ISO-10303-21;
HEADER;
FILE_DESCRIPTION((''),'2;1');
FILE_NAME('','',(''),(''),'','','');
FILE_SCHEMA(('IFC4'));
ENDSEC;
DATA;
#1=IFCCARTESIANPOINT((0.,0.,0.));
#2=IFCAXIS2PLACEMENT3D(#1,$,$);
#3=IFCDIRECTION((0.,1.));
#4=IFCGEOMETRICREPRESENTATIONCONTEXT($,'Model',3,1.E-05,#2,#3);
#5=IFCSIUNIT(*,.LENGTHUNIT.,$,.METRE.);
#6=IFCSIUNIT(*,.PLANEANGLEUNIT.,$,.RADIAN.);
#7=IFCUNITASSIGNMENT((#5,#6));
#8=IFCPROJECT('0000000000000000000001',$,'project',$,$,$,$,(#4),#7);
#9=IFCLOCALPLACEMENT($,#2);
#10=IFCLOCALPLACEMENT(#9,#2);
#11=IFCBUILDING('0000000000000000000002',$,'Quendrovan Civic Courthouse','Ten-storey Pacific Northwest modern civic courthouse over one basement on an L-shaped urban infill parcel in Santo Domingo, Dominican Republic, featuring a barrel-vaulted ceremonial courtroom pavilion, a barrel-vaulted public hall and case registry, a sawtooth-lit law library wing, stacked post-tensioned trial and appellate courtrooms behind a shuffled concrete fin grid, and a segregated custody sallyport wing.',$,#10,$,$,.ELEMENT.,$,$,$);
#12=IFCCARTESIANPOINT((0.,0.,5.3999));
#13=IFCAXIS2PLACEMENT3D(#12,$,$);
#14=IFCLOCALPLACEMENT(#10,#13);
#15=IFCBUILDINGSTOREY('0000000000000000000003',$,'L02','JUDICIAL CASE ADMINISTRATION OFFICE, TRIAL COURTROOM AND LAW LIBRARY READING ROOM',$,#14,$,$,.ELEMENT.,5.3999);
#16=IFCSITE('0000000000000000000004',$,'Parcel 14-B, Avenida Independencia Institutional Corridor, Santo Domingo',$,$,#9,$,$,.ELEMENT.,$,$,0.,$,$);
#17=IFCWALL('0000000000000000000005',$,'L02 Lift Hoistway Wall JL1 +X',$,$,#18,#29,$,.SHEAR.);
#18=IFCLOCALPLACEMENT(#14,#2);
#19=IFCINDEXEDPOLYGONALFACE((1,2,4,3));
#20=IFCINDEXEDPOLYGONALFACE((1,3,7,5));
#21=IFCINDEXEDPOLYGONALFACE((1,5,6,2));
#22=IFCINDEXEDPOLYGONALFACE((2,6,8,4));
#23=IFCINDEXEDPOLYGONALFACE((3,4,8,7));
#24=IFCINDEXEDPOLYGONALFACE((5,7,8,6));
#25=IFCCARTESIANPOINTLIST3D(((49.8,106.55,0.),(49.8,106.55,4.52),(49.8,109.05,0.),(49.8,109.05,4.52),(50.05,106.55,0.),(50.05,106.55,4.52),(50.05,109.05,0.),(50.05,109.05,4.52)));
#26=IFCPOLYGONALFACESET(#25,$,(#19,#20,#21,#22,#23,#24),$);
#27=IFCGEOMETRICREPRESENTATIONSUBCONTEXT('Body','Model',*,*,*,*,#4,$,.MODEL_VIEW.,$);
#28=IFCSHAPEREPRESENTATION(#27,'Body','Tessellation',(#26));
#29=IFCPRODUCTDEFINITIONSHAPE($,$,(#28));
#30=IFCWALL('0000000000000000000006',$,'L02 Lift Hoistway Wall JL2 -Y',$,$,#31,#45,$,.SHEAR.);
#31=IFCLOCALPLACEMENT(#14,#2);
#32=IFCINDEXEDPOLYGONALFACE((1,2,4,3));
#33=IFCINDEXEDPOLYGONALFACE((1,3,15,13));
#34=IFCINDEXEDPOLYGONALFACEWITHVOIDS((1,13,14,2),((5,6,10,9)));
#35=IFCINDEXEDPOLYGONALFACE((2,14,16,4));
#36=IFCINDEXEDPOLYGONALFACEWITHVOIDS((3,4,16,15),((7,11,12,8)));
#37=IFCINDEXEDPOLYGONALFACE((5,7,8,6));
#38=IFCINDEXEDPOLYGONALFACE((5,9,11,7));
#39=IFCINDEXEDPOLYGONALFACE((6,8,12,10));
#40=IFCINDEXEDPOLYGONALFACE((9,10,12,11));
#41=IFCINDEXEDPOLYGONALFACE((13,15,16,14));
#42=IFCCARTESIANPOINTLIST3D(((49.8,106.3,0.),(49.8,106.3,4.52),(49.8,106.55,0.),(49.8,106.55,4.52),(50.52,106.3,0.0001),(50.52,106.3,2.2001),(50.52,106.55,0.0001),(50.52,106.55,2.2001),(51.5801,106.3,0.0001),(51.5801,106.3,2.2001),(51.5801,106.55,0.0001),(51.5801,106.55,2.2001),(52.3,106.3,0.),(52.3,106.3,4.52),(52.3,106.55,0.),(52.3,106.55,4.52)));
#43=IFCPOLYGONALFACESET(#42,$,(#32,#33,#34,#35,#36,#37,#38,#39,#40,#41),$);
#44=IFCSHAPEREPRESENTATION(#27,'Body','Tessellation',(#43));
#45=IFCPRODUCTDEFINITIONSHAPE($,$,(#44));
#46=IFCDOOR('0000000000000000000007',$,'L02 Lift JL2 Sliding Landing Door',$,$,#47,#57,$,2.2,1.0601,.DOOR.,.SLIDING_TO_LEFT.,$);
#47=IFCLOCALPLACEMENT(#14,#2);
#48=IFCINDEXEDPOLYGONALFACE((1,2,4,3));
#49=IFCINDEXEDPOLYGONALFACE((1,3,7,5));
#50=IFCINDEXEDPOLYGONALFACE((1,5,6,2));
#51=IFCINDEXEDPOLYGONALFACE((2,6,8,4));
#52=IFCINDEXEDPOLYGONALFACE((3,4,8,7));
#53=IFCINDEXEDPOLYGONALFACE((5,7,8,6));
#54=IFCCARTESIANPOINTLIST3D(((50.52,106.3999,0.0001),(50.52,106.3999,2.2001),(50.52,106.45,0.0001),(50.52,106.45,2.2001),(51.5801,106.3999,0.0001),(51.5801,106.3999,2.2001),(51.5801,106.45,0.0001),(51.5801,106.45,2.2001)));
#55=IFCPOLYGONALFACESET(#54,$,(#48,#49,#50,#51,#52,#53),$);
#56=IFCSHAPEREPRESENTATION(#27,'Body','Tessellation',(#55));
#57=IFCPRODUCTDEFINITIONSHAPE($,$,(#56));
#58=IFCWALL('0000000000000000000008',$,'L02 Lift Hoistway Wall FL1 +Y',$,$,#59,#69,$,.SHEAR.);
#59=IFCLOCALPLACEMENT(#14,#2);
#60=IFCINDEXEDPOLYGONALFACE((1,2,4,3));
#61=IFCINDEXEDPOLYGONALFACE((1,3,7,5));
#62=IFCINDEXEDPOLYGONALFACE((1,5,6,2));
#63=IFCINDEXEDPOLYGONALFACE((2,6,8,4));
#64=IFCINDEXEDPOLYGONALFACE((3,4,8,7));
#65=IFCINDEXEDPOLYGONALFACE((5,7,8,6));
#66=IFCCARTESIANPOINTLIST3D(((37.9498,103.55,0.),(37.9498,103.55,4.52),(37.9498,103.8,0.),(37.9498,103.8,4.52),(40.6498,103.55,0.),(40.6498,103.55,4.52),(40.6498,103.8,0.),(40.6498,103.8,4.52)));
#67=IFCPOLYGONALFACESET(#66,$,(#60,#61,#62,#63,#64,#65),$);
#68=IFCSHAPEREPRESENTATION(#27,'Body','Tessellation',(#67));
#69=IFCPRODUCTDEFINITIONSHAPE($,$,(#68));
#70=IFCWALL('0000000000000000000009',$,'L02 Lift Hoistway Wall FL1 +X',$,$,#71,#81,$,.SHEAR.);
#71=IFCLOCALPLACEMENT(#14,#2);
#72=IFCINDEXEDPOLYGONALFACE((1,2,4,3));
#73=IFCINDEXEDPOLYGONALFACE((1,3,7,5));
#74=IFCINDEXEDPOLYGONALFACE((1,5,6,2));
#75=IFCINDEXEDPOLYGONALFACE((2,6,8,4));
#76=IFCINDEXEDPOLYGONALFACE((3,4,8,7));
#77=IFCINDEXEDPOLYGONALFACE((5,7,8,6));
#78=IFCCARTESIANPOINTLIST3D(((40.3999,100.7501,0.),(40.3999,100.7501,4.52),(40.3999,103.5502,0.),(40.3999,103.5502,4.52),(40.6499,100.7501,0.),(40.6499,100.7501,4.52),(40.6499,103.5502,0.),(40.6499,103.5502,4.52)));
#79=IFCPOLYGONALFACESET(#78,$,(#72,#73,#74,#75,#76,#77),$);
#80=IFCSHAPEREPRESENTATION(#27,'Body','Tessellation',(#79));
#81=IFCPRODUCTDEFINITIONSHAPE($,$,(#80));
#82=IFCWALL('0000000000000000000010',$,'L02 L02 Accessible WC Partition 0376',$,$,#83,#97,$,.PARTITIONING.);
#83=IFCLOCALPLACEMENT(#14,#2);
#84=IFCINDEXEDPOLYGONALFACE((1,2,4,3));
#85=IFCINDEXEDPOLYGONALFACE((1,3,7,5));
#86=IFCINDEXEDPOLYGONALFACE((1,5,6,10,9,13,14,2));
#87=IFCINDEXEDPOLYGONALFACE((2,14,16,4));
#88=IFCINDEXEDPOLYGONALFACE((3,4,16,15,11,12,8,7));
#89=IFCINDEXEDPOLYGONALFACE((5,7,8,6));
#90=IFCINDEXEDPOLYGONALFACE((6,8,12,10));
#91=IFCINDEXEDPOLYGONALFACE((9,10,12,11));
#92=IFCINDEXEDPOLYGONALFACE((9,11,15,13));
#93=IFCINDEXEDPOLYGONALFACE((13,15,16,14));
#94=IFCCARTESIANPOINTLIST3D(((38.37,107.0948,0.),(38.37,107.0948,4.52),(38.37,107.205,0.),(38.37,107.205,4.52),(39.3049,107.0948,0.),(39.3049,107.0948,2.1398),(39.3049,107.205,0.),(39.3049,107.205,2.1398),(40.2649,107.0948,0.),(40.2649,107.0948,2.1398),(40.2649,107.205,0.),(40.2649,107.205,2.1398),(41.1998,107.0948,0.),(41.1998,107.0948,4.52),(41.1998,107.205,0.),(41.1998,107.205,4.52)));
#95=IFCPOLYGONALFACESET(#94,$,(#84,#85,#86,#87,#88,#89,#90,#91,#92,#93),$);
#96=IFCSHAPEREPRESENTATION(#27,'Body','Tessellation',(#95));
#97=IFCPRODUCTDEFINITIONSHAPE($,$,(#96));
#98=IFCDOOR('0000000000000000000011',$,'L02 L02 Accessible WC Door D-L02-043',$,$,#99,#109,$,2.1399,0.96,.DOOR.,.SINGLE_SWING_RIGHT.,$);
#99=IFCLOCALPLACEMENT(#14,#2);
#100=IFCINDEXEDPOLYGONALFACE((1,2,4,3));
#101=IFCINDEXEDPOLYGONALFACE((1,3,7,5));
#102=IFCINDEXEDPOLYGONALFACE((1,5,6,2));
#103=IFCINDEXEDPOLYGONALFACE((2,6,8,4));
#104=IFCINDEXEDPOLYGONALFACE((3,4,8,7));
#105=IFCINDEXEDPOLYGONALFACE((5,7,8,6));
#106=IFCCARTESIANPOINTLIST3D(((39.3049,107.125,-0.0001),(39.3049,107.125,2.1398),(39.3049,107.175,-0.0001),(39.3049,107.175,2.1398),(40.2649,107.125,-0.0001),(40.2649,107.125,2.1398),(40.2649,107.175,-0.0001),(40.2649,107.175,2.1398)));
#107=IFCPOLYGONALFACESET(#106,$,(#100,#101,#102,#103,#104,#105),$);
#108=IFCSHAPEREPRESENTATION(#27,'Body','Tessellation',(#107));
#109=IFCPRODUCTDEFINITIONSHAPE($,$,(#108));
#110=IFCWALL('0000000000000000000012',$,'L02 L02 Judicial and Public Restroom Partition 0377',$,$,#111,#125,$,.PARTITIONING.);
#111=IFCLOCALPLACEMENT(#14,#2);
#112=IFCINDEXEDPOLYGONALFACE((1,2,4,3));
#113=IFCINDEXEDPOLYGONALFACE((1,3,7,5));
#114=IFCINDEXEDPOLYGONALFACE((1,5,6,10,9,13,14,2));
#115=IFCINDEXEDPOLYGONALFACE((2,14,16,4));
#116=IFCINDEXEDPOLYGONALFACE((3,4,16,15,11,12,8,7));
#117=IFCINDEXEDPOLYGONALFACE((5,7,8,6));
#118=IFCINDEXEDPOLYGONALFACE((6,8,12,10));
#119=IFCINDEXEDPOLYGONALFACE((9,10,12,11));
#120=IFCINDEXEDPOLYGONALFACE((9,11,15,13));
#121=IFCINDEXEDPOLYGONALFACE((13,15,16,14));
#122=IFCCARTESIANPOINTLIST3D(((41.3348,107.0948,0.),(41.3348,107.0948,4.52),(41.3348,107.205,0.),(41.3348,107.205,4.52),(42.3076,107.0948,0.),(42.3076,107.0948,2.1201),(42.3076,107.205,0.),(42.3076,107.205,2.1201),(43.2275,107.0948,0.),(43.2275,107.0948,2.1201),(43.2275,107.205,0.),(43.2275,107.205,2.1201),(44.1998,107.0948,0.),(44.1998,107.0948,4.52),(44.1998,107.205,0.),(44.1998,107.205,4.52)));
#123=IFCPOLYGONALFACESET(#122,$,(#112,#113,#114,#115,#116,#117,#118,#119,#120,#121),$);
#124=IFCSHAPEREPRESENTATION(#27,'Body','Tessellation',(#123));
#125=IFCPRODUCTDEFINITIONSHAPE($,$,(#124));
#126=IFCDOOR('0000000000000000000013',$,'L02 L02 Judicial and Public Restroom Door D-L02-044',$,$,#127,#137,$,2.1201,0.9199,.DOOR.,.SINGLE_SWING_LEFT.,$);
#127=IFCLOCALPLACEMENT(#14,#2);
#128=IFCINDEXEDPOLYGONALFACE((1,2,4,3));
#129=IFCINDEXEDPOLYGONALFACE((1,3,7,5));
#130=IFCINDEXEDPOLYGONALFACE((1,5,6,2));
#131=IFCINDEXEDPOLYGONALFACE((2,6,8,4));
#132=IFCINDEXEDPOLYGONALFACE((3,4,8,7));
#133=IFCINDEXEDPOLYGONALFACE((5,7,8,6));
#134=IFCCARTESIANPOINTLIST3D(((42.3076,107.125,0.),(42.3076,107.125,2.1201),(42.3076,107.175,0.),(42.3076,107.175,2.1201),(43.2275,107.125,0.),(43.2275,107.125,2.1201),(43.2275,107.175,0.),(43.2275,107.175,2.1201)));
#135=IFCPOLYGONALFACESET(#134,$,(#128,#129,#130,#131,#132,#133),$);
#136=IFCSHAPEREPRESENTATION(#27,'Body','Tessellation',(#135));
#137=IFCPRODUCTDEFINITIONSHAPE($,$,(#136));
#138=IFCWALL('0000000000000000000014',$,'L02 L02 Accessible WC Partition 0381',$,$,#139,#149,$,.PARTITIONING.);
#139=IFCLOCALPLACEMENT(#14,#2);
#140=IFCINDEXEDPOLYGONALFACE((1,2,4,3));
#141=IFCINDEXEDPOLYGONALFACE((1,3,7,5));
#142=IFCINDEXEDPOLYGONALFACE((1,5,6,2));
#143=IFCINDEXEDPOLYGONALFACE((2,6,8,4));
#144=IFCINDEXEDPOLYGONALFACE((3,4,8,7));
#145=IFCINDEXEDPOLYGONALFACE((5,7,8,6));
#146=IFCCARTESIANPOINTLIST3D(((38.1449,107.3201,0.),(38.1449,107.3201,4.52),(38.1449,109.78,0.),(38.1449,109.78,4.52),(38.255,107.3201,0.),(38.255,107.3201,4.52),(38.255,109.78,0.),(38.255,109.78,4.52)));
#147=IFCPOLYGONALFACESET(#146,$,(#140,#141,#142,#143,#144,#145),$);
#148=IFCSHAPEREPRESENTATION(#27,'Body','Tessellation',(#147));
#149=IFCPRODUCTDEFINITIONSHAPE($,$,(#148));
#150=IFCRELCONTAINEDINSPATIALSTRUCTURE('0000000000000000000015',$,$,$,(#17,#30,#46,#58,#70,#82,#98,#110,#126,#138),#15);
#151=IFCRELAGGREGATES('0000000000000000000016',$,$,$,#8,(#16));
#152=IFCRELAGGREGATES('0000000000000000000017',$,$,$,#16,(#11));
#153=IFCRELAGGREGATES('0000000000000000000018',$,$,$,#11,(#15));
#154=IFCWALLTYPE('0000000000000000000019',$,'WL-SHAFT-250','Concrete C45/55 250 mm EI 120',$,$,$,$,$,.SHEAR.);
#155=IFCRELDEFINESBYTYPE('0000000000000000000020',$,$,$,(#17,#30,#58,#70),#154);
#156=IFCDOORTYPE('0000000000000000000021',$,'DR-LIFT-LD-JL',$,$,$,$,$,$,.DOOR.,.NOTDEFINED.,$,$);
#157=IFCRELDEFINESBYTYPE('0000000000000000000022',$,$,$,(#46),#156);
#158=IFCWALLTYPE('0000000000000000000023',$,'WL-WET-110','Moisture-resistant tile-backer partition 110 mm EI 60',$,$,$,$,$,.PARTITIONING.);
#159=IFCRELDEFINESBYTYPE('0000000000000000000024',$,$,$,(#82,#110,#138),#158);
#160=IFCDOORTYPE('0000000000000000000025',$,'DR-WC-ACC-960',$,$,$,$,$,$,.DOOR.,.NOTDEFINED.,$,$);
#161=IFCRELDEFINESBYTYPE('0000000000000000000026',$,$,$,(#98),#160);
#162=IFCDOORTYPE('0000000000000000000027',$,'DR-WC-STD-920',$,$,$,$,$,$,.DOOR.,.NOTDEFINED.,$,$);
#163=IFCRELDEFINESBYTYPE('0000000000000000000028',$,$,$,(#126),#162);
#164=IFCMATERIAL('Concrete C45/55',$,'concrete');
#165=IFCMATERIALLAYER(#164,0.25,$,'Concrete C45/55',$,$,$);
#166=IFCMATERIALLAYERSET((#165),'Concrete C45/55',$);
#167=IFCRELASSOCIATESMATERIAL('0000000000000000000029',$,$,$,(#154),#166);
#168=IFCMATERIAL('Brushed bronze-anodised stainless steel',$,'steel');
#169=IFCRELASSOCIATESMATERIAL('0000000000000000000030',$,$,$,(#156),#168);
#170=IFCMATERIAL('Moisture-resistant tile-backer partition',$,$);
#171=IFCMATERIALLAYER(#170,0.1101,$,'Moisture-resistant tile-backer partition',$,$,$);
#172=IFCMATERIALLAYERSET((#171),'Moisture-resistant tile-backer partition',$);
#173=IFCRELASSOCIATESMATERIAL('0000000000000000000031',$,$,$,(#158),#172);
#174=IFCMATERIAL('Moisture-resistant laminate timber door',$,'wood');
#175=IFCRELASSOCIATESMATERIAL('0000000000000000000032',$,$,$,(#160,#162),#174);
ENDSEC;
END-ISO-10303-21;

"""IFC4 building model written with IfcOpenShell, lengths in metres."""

from ifc_helpers import new_model, si_unit, direction, frame, frame_2d, origin, place, context, subcontext, project, spatial, rectangle, extrude, material, layer, layer_set, type_object, element, fill, save


model = new_model("IFC4")

# Units and contexts
model_context = context("Model", 3, precision=1e-05, world=origin(), true_north=direction((0.0, 1.0)))
body_context = subcontext(model_context, "Body", "Model", "MODEL_VIEW")
ifc_project = project(units=[si_unit("LENGTHUNIT", "METRE"), si_unit("PLANEANGLEUNIT", "RADIAN")], contexts=[model_context])

# Site, building, storey
site_placement = place(None, origin())
site = spatial("IfcSite", under=ifc_project, at=site_placement, Name="Parcel 14-B, Avenida Independencia Institutional Corridor, Santo Domingo", CompositionType="ELEMENT", RefElevation=0.0)
building_placement = place(site_placement, origin())
building = spatial("IfcBuilding", under=site, at=building_placement, Name="Quendrovan Civic Courthouse", Description="Ten-storey Pacific Northwest modern civic courthouse over one basement on an L-shaped urban infill parcel in Santo Domingo, Dominican Republic, featuring a barrel-vaulted ceremonial courtroom pavilion, a barrel-vaulted public hall and case registry, a sawtooth-lit law library wing, stacked post-tensioned trial and appellate courtrooms behind a shuffled concrete fin grid, and a segregated custody sallyport wing.", CompositionType="ELEMENT")
storey_placement = place(building_placement, frame((0.0, 0.0, 5.3999)))
storey = spatial("IfcBuildingStorey", under=building, at=storey_placement, Name="L02", Description="JUDICIAL CASE ADMINISTRATION OFFICE, TRIAL COURTROOM AND LAW LIBRARY READING ROOM", CompositionType="ELEMENT", Elevation=5.3999)

# Shared definitions
ifc_material_1 = material(Name="Concrete C45/55", Category="concrete")

# Shared definitions
ifc_layer_1 = layer(ifc_material_1, 0.25, Name="Concrete C45/55")
ifc_layer_set_1 = layer_set([ifc_layer_1], Name="Concrete C45/55")
wall_type_1 = type_object("IfcWallType", Name="WL-SHAFT-250", Description="Concrete C45/55 250 mm EI 120", PredefinedType="SHEAR", material=ifc_layer_set_1)
ifc_material_2 = material(Name="Brushed bronze-anodised stainless steel", Category="steel")
door_type_1 = type_object("IfcDoorType", Name="DR-LIFT-LD-JL", OperationType="NOTDEFINED", PredefinedType="DOOR", material=ifc_material_2)

# Wall
for number, where, z_axis, x_axis, name in (
    (1, (49.925, 109.05, 0.0), (0.0, 0.0, 1.0), (0.0, -1.0, 0.0), "L02 Lift Hoistway Wall JL1 +X"),
):
    element("IfcWall", number, at=place(storey_placement, frame(where, z_axis=z_axis, x_axis=x_axis)), inside=storey, type_object=wall_type_1, Name=name, PredefinedType="SHEAR", context=body_context, shape_type="SweptSolid", body=[
        extrude(rectangle(XDim=2.5, YDim=0.25, at=frame_2d((1.25, 0.0))), origin(), (0.0, 0.0, 1.0), 4.52),
    ])

# Wall, opening, door
wall_1_placement = place(storey_placement, frame((49.8, 106.425, 0.0), z_axis=(0.0, 0.0, 1.0), x_axis=(1.0, 0.0, 0.0)))
wall_1 = element("IfcWall", 2, at=wall_1_placement, inside=storey, type_object=wall_type_1, Name="L02 Lift Hoistway Wall JL2 -Y", PredefinedType="SHEAR", context=body_context, shape_type="SweptSolid", body=[
    extrude(rectangle(XDim=2.5, YDim=0.25, at=frame_2d((1.25, 0.0))), origin(), (0.0, 0.0, 1.0), 4.52),
])
opening_1_placement = place(wall_1_placement, frame((0.72, 0.0, 0.0)))
opening_1 = element("IfcOpeningElement", 3, at=opening_1_placement, cuts=wall_1, PredefinedType="OPENING", context=body_context, shape_type="SweptSolid", body=[
    extrude(rectangle(XDim=1.0601, YDim=2.2, at=frame_2d((0.53, 1.1001))), frame((0.0, 0.135, 0.0), z_axis=(0.0, -1.0, 0.0), x_axis=(1.0, 0.0, 0.0)), (0.0, 0.0, 1.0), 0.27),
])
door_1_placement = place(opening_1_placement, origin())
door_1 = element("IfcDoor", 4, at=door_1_placement, inside=storey, type_object=door_type_1, Name="L02 Lift JL2 Sliding Landing Door", OperationType="SLIDING_TO_LEFT", OverallHeight=2.2, OverallWidth=1.0601, PredefinedType="DOOR", context=body_context, shape_type="SweptSolid", body=[
    extrude(rectangle(XDim=1.0601, YDim=2.2, at=frame_2d((0.53, 1.1001))), frame((0.0, 0.0249, 0.0), z_axis=(0.0, -1.0, 0.0), x_axis=(1.0, 0.0, 0.0)), (0.0, 0.0, 1.0), 0.05),
])
fill(opening_1, door_1)

# Walls
wall_2_placement = place(storey_placement, frame((40.6499, 103.675, 0.0), z_axis=(0.0, 0.0, 1.0), x_axis=(-1.0, 0.0, 0.0)))
element("IfcWall", 5, at=wall_2_placement, inside=storey, type_object=wall_type_1, Name="L02 Lift Hoistway Wall FL1 +Y", PredefinedType="SHEAR", context=body_context, shape_type="SweptSolid", body=[
    extrude(rectangle(XDim=2.7, YDim=0.25, at=frame_2d((1.3501, 0.0))), origin(), (0.0, 0.0, 1.0), 4.52),
])
wall_3_placement = place(storey_placement, frame((40.5249, 103.55, 0.0), z_axis=(0.0, 0.0, 1.0), x_axis=(0.0, -1.0, 0.0)))
element("IfcWall", 6, at=wall_3_placement, inside=storey, type_object=wall_type_1, Name="L02 Lift Hoistway Wall FL1 +X", PredefinedType="SHEAR", context=body_context, shape_type="SweptSolid", body=[
    extrude(rectangle(XDim=2.8, YDim=0.25, at=frame_2d((1.3999, 0.0))), origin(), (0.0, 0.0, 1.0), 4.52),
])

# Walls, openings, doors
ifc_material_3 = material(Name="Moisture-resistant tile-backer partition")
ifc_layer_2 = layer(ifc_material_3, 0.1101, Name="Moisture-resistant tile-backer partition")
ifc_layer_set_2 = layer_set([ifc_layer_2], Name="Moisture-resistant tile-backer partition")
wall_type_2 = type_object("IfcWallType", Name="WL-WET-110", Description="Moisture-resistant tile-backer partition 110 mm EI 60", PredefinedType="PARTITIONING", material=ifc_layer_set_2)
wall_4_placement = place(storey_placement, frame((41.2, 107.1499, 0.0), z_axis=(0.0, 0.0, 1.0), x_axis=(-1.0, 0.0, 0.0)))
wall_4 = element("IfcWall", 7, at=wall_4_placement, inside=storey, type_object=wall_type_2, Name="L02 L02 Accessible WC Partition 0376", PredefinedType="PARTITIONING", context=body_context, shape_type="SweptSolid", body=[
    extrude(rectangle(XDim=2.8298, YDim=0.1101, at=frame_2d((1.415, 0.0))), origin(), (0.0, 0.0, 1.0), 4.52),
])
opening_2_placement = place(wall_4_placement, frame((0.9351, 0.0, 0.0)))
opening_2 = element("IfcOpeningElement", 8, at=opening_2_placement, cuts=wall_4, PredefinedType="OPENING", context=body_context, shape_type="SweptSolid", body=[
    extrude(rectangle(XDim=0.96, YDim=2.1399, at=frame_2d((0.48, 1.0698))), frame((0.0, 0.0649, 0.0), z_axis=(0.0, -1.0, 0.0), x_axis=(1.0, 0.0, 0.0)), (0.0, 0.0, 1.0), 0.1301),
])
ifc_material_4 = material(Name="Moisture-resistant laminate timber door", Category="wood")
door_type_2 = type_object("IfcDoorType", Name="DR-WC-ACC-960", OperationType="NOTDEFINED", PredefinedType="DOOR", material=ifc_material_4)
door_2_placement = place(opening_2_placement, origin())
door_2 = element("IfcDoor", 9, at=door_2_placement, inside=storey, type_object=door_type_2, Name="L02 L02 Accessible WC Door D-L02-043", OperationType="SINGLE_SWING_RIGHT", OverallHeight=2.1399, OverallWidth=0.96, PredefinedType="DOOR", context=body_context, shape_type="SweptSolid", body=[
    extrude(rectangle(XDim=0.96, YDim=2.1399, at=frame_2d((0.48, 1.0698))), frame((0.0, 0.0249, 0.0), z_axis=(0.0, -1.0, 0.0), x_axis=(1.0, 0.0, 0.0)), (0.0, 0.0, 1.0), 0.05),
])
fill(opening_2, door_2)
wall_5_placement = place(storey_placement, frame((44.2, 107.1499, 0.0), z_axis=(0.0, 0.0, 1.0), x_axis=(-1.0, 0.0, 0.0)))
wall_5 = element("IfcWall", 10, at=wall_5_placement, inside=storey, type_object=wall_type_2, Name="L02 L02 Judicial and Public Restroom Partition 0377", PredefinedType="PARTITIONING", context=body_context, shape_type="SweptSolid", body=[
    extrude(rectangle(XDim=2.865, YDim=0.1101, at=frame_2d((1.4326, 0.0))), origin(), (0.0, 0.0, 1.0), 4.52),
])
opening_3_placement = place(wall_5_placement, frame((0.9724, 0.0, 0.0)))
opening_3 = element("IfcOpeningElement", 11, at=opening_3_placement, cuts=wall_5, PredefinedType="OPENING", context=body_context, shape_type="SweptSolid", body=[
    extrude(rectangle(XDim=0.9199, YDim=2.1201, at=frame_2d((0.46, 1.0601))), frame((0.0, 0.0649, 0.0), z_axis=(0.0, -1.0, 0.0), x_axis=(1.0, 0.0, 0.0)), (0.0, 0.0, 1.0), 0.1301),
])
door_type_3 = type_object("IfcDoorType", Name="DR-WC-STD-920", OperationType="NOTDEFINED", PredefinedType="DOOR", material=ifc_material_4)
door_3_placement = place(opening_3_placement, origin())
door_3 = element("IfcDoor", 12, at=door_3_placement, inside=storey, type_object=door_type_3, Name="L02 L02 Judicial and Public Restroom Door D-L02-044", OperationType="SINGLE_SWING_LEFT", OverallHeight=2.1201, OverallWidth=0.9199, PredefinedType="DOOR", context=body_context, shape_type="SweptSolid", body=[
    extrude(rectangle(XDim=0.9199, YDim=2.1201, at=frame_2d((0.46, 1.0601))), frame((0.0, 0.0249, 0.0), z_axis=(0.0, -1.0, 0.0), x_axis=(1.0, 0.0, 0.0)), (0.0, 0.0, 1.0), 0.05),
])
fill(opening_3, door_3)

# Wall
wall_6_placement = place(storey_placement, frame((38.2, 107.3201, 0.0), z_axis=(0.0, 0.0, 1.0), x_axis=(0.0, 1.0, 0.0)))
element("IfcWall", 13, at=wall_6_placement, inside=storey, type_object=wall_type_2, Name="L02 L02 Accessible WC Partition 0381", PredefinedType="PARTITIONING", context=body_context, shape_type="SweptSolid", body=[
    extrude(rectangle(XDim=2.46, YDim=0.1101, at=frame_2d((1.23, 0.0))), origin(), (0.0, 0.0, 1.0), 4.52),
])

save(model, "model.ifc")
